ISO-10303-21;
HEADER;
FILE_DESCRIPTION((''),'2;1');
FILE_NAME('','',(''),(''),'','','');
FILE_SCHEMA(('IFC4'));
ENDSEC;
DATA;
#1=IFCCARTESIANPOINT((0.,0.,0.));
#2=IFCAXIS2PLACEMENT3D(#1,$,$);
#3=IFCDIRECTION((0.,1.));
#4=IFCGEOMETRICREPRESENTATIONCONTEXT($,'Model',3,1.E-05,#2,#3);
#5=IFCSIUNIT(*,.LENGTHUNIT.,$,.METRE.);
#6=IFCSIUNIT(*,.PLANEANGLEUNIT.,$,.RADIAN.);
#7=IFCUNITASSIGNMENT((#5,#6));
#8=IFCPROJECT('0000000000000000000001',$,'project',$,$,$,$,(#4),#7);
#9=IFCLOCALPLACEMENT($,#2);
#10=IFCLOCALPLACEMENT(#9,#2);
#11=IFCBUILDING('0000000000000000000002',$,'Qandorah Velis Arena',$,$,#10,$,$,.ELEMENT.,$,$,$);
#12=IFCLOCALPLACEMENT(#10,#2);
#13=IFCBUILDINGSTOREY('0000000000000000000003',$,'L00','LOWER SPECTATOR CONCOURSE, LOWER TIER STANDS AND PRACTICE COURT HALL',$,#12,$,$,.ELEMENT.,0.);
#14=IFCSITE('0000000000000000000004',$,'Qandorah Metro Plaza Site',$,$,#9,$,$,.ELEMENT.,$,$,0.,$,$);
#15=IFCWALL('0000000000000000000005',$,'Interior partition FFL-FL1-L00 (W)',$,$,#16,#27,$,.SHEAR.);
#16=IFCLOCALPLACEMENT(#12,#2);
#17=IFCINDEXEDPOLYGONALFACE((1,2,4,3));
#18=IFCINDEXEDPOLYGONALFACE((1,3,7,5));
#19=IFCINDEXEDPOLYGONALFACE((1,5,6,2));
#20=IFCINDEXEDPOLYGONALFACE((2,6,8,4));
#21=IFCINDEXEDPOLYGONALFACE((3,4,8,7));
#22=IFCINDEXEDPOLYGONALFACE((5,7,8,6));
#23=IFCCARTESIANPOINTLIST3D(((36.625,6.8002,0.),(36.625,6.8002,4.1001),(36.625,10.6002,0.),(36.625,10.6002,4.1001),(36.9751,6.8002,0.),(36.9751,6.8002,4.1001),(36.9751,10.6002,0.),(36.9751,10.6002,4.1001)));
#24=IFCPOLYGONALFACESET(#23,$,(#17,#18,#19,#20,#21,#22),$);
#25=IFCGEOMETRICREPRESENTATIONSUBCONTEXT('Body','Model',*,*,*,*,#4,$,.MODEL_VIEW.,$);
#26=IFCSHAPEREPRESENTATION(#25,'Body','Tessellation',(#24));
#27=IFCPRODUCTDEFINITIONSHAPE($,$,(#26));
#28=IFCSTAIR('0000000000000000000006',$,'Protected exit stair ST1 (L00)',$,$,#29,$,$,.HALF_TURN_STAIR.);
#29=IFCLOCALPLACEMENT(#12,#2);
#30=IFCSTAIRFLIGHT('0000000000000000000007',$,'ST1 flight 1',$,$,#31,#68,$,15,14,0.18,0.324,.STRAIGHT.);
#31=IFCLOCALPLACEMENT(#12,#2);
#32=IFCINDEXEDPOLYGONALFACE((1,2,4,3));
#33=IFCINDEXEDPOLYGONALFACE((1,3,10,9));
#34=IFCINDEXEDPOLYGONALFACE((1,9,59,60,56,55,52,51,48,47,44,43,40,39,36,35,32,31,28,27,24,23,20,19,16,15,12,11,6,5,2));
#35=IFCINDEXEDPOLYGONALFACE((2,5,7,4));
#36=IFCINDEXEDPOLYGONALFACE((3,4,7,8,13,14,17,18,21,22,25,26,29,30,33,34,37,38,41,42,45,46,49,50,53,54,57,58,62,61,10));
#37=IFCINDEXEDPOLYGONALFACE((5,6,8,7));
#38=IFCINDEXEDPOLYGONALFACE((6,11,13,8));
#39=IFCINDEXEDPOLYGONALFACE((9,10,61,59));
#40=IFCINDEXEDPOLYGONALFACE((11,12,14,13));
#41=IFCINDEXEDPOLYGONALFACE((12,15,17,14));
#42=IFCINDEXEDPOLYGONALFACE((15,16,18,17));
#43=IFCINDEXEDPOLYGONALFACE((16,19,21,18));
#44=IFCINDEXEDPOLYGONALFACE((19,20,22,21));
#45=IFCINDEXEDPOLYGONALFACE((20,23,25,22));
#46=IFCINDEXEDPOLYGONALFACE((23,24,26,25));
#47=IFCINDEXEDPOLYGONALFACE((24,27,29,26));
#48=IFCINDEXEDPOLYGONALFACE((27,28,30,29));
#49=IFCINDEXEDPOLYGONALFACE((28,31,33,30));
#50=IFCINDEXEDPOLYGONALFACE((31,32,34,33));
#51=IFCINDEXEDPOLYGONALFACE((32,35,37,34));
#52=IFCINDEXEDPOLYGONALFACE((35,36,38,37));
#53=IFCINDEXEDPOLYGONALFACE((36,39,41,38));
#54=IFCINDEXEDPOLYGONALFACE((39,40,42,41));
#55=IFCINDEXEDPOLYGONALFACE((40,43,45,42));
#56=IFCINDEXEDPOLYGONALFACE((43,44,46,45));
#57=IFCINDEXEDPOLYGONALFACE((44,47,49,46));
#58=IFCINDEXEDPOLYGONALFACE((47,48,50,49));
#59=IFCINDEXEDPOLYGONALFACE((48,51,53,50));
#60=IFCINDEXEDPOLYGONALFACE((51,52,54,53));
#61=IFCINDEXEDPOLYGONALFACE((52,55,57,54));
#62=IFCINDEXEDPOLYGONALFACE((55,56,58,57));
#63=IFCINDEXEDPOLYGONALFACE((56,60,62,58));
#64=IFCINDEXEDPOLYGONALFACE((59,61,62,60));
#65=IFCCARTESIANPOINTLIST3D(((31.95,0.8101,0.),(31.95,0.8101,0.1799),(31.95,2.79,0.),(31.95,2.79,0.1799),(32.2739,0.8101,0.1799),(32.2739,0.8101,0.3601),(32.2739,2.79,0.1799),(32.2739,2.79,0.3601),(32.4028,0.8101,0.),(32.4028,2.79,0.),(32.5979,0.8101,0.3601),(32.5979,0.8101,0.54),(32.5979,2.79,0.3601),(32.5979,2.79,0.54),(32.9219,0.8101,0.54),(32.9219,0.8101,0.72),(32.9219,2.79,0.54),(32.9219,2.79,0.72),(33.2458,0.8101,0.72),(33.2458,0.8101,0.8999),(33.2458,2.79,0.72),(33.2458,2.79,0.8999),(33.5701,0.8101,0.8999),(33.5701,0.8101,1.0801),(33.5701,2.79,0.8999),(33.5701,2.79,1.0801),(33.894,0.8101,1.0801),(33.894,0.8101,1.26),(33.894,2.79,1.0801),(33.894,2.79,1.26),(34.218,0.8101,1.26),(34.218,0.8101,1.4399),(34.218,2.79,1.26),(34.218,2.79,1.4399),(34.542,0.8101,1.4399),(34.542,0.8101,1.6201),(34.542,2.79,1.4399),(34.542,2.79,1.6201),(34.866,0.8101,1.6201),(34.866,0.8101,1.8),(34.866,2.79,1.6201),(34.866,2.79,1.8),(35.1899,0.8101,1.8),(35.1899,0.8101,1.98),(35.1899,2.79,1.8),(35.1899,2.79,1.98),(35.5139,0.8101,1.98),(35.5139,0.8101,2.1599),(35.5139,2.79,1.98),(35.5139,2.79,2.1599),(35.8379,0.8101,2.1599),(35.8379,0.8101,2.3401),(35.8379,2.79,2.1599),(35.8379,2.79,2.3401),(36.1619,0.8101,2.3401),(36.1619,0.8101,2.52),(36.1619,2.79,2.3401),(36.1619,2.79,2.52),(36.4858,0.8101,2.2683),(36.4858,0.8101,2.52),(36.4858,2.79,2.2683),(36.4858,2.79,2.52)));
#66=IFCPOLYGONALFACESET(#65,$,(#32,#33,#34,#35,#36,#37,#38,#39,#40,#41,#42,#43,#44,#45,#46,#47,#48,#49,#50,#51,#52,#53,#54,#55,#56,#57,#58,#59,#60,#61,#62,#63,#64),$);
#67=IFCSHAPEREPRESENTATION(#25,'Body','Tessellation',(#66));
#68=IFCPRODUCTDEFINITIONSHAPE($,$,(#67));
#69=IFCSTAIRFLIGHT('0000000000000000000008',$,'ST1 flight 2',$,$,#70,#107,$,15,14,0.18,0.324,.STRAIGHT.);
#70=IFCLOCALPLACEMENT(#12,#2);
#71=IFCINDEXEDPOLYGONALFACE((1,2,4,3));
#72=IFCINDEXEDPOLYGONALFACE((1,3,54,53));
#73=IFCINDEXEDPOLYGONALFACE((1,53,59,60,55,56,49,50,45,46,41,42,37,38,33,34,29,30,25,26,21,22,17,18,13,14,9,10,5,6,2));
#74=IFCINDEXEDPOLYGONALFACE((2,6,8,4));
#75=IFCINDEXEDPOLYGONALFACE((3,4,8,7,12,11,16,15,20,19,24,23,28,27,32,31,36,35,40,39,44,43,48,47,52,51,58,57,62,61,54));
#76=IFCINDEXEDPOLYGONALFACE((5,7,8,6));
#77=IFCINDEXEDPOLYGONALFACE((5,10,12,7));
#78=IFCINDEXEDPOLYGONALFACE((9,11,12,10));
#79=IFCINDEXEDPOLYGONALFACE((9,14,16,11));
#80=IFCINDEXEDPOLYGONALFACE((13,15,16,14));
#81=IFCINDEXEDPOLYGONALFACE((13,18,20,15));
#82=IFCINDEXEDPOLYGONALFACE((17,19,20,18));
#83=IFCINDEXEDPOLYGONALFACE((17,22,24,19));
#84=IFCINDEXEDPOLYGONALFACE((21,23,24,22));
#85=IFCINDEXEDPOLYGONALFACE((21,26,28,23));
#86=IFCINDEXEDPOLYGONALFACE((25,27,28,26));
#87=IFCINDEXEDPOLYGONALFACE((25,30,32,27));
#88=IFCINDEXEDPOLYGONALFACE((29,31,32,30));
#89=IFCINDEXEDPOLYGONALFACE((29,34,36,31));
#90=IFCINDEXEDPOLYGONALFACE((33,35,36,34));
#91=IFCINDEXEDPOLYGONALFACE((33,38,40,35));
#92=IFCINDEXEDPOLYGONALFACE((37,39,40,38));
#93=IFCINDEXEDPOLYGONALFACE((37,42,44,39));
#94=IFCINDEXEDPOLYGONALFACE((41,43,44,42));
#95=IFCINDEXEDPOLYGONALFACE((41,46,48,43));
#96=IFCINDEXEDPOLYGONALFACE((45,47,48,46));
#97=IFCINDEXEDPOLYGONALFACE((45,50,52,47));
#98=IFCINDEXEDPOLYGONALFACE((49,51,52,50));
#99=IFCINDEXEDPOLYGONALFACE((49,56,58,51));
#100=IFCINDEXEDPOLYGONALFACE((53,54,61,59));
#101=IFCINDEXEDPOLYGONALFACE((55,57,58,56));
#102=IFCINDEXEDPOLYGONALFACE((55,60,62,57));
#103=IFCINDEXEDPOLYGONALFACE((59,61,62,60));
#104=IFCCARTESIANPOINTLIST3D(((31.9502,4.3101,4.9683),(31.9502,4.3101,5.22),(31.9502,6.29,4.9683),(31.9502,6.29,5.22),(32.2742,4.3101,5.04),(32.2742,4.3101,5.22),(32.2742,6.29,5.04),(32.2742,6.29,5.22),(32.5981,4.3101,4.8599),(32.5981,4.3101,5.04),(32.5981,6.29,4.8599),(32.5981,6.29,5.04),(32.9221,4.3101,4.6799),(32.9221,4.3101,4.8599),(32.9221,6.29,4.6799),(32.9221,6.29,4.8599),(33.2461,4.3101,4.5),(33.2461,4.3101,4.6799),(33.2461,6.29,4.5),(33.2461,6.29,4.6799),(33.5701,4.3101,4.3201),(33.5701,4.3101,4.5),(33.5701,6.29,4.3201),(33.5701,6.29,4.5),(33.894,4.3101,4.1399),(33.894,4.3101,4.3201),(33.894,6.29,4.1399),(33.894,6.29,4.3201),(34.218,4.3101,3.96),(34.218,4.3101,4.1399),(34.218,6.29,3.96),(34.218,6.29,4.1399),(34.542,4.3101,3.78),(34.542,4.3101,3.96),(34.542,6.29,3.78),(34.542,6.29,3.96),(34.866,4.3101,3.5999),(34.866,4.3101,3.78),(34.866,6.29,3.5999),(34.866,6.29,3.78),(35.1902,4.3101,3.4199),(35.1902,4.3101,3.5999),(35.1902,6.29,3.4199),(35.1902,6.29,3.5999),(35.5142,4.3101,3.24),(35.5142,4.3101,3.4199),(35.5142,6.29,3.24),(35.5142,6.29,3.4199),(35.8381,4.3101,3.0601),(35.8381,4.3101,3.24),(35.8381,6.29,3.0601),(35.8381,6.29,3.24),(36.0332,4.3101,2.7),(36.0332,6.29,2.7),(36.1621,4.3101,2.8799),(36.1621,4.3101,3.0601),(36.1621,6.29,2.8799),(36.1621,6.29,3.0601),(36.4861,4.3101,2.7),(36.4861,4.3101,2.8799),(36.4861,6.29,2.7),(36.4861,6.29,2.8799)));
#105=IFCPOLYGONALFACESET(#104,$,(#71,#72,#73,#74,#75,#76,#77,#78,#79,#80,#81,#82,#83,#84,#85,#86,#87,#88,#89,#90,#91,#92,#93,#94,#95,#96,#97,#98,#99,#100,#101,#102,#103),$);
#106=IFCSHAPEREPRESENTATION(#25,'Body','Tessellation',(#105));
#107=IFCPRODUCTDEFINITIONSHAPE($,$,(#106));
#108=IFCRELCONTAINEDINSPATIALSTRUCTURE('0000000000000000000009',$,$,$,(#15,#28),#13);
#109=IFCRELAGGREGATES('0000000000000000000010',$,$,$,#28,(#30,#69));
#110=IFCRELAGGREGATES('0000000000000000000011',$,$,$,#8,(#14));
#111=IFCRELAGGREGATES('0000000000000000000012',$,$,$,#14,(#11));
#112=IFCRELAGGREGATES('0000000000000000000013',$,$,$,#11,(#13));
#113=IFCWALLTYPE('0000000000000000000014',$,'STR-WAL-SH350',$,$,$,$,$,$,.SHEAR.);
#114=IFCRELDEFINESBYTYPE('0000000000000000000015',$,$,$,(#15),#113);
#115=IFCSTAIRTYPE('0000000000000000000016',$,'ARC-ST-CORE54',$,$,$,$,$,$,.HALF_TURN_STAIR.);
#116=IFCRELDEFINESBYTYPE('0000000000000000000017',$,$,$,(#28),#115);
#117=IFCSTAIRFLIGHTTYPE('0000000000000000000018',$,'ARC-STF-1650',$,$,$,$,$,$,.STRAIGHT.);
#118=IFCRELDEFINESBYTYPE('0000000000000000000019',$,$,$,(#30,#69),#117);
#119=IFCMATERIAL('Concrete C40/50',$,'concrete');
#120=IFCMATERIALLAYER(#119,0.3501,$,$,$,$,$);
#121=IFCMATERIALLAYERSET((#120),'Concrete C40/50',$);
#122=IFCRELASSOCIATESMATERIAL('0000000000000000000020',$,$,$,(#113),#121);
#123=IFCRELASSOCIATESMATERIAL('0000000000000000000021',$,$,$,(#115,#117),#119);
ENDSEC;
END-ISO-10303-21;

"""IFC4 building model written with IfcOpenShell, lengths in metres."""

from ifc_helpers import new_model, si_unit, direction, frame, frame_2d, origin, place, context, subcontext, project, spatial, polyline, rectangle, outline, extrude, material, layer, layer_set, type_object, element, aggregate, save


model = new_model("IFC4")

# Units and contexts
model_context = context("Model", 3, precision=1e-05, world=origin(), true_north=direction((0.0, 1.0)))
body_context = subcontext(model_context, "Body", "Model", "MODEL_VIEW")
ifc_project = project(units=[si_unit("LENGTHUNIT", "METRE"), si_unit("PLANEANGLEUNIT", "RADIAN")], contexts=[model_context])

# Site, building, storey
site_placement = place(None, origin())
site = spatial("IfcSite", under=ifc_project, at=site_placement, Name="Qandorah Metro Plaza Site", CompositionType="ELEMENT", RefElevation=0.0)
building_placement = place(site_placement, origin())
building = spatial("IfcBuilding", under=site, at=building_placement, Name="Qandorah Velis Arena", CompositionType="ELEMENT")
storey_placement = place(building_placement, origin())
storey = spatial("IfcBuildingStorey", under=building, at=storey_placement, Name="L00", Description="LOWER SPECTATOR CONCOURSE, LOWER TIER STANDS AND PRACTICE COURT HALL", CompositionType="ELEMENT", Elevation=0.0)

# Shared definitions
ifc_material_1 = material(Name="Concrete C40/50", Category="concrete")

# Wall
ifc_layer_1 = layer(ifc_material_1, 0.3501)
ifc_layer_set_1 = layer_set([ifc_layer_1], Name="Concrete C40/50")
wall_type_1 = type_object("IfcWallType", Name="STR-WAL-SH350", PredefinedType="SHEAR", material=ifc_layer_set_1)
wall_1_placement = place(storey_placement, frame((36.8, 10.6001, 0.0), z_axis=(0.0, 0.0, 1.0), x_axis=(0.0, -1.0, 0.0)))
element("IfcWall", 1, at=wall_1_placement, inside=storey, type_object=wall_type_1, Name="Interior partition FFL-FL1-L00 (W)", PredefinedType="SHEAR", context=body_context, shape_type="SweptSolid", body=[
    extrude(rectangle(XDim=3.8, YDim=0.3501, at=frame_2d((1.8999, 0.0))), origin(), (0.0, 0.0, 1.0), 4.1001),
])

# Stair, stair flights
stair_type = type_object("IfcStairType", Name="ARC-ST-CORE54", PredefinedType="HALF_TURN_STAIR", material=ifc_material_1)
stair_placement = place(storey_placement, origin())
stair = element("IfcStair", 2, at=stair_placement, inside=storey, type_object=stair_type, Name="Protected exit stair ST1 (L00)", PredefinedType="HALF_TURN_STAIR")
stair_flight_type = type_object("IfcStairFlightType", Name="ARC-STF-1650", PredefinedType="STRAIGHT", material=ifc_material_1)
stair_flight_1_placement = place(storey_placement, frame((31.95, 1.8, 0.0), z_axis=(0.0, 0.0, 1.0), x_axis=(1.0, 0.0, 0.0)))
stair_flight_1 = element("IfcStairFlight", 3, at=stair_flight_1_placement, type_object=stair_flight_type, Name="ST1 flight 1", NumberOfRisers=15, NumberOfTreads=14, PredefinedType="STRAIGHT", RiserHeight=0.18, TreadLength=0.324, context=body_context, shape_type="SweptSolid", body=[
    extrude(outline(polyline([(0.0, 0.0), (0.0, 0.1799), (0.324, 0.1799), (0.324, 0.3601), (0.6479, 0.3601), (0.6479, 0.54), (0.9719, 0.54), (0.9719, 0.72), (1.2959, 0.72), (1.2959, 0.8999), (1.6201, 0.8999), (1.6201, 1.0801), (1.9441, 1.0801), (1.9441, 1.26), (2.2681, 1.26), (2.2681, 1.4399), (2.592, 1.4399), (2.592, 1.6201), (2.916, 1.6201), (2.916, 1.8), (3.24, 1.8), (3.24, 1.98), (3.564, 1.98), (3.564, 2.1599), (3.8879, 2.1599), (3.8879, 2.3401), (4.2119, 2.3401), (4.2119, 2.52), (4.5359, 2.52), (4.5359, 2.7), (4.5359, 2.2683), (0.4529, 0.0), (0.0, 0.0)])), frame((0.0, 0.99, 0.0), z_axis=(0.0, -1.0, 0.0), x_axis=(1.0, 0.0, 0.0)), (0.0, 0.0, 1.0), 1.98),
])
stair_flight_2_placement = place(storey_placement, frame((36.4861, 5.3, 2.7), z_axis=(0.0, 0.0, 1.0), x_axis=(-1.0, 0.0, 0.0)))
stair_flight_2 = element("IfcStairFlight", 4, at=stair_flight_2_placement, type_object=stair_flight_type, Name="ST1 flight 2", NumberOfRisers=15, NumberOfTreads=14, PredefinedType="STRAIGHT", RiserHeight=0.18, TreadLength=0.324, context=body_context, shape_type="SweptSolid", body=[
    extrude(outline(polyline([(0.0, 0.0), (0.0, 0.1799), (0.324, 0.1799), (0.324, 0.3601), (0.6479, 0.3601), (0.6479, 0.54), (0.9719, 0.54), (0.9719, 0.72), (1.2959, 0.72), (1.2959, 0.8999), (1.6201, 0.8999), (1.6201, 1.0801), (1.9441, 1.0801), (1.9441, 1.26), (2.2681, 1.26), (2.2681, 1.4399), (2.592, 1.4399), (2.592, 1.6201), (2.916, 1.6201), (2.916, 1.8), (3.24, 1.8), (3.24, 1.98), (3.564, 1.98), (3.564, 2.1599), (3.8879, 2.1599), (3.8879, 2.3401), (4.2119, 2.3401), (4.2119, 2.52), (4.5359, 2.52), (4.5359, 2.7), (4.5359, 2.2683), (0.4529, 0.0), (0.0, 0.0)])), frame((0.0, 0.99, 0.0), z_axis=(0.0, -1.0, 0.0), x_axis=(1.0, 0.0, 0.0)), (0.0, 0.0, 1.0), 1.98),
])
aggregate(stair, [stair_flight_1, stair_flight_2])

save(model, "model.ifc")
